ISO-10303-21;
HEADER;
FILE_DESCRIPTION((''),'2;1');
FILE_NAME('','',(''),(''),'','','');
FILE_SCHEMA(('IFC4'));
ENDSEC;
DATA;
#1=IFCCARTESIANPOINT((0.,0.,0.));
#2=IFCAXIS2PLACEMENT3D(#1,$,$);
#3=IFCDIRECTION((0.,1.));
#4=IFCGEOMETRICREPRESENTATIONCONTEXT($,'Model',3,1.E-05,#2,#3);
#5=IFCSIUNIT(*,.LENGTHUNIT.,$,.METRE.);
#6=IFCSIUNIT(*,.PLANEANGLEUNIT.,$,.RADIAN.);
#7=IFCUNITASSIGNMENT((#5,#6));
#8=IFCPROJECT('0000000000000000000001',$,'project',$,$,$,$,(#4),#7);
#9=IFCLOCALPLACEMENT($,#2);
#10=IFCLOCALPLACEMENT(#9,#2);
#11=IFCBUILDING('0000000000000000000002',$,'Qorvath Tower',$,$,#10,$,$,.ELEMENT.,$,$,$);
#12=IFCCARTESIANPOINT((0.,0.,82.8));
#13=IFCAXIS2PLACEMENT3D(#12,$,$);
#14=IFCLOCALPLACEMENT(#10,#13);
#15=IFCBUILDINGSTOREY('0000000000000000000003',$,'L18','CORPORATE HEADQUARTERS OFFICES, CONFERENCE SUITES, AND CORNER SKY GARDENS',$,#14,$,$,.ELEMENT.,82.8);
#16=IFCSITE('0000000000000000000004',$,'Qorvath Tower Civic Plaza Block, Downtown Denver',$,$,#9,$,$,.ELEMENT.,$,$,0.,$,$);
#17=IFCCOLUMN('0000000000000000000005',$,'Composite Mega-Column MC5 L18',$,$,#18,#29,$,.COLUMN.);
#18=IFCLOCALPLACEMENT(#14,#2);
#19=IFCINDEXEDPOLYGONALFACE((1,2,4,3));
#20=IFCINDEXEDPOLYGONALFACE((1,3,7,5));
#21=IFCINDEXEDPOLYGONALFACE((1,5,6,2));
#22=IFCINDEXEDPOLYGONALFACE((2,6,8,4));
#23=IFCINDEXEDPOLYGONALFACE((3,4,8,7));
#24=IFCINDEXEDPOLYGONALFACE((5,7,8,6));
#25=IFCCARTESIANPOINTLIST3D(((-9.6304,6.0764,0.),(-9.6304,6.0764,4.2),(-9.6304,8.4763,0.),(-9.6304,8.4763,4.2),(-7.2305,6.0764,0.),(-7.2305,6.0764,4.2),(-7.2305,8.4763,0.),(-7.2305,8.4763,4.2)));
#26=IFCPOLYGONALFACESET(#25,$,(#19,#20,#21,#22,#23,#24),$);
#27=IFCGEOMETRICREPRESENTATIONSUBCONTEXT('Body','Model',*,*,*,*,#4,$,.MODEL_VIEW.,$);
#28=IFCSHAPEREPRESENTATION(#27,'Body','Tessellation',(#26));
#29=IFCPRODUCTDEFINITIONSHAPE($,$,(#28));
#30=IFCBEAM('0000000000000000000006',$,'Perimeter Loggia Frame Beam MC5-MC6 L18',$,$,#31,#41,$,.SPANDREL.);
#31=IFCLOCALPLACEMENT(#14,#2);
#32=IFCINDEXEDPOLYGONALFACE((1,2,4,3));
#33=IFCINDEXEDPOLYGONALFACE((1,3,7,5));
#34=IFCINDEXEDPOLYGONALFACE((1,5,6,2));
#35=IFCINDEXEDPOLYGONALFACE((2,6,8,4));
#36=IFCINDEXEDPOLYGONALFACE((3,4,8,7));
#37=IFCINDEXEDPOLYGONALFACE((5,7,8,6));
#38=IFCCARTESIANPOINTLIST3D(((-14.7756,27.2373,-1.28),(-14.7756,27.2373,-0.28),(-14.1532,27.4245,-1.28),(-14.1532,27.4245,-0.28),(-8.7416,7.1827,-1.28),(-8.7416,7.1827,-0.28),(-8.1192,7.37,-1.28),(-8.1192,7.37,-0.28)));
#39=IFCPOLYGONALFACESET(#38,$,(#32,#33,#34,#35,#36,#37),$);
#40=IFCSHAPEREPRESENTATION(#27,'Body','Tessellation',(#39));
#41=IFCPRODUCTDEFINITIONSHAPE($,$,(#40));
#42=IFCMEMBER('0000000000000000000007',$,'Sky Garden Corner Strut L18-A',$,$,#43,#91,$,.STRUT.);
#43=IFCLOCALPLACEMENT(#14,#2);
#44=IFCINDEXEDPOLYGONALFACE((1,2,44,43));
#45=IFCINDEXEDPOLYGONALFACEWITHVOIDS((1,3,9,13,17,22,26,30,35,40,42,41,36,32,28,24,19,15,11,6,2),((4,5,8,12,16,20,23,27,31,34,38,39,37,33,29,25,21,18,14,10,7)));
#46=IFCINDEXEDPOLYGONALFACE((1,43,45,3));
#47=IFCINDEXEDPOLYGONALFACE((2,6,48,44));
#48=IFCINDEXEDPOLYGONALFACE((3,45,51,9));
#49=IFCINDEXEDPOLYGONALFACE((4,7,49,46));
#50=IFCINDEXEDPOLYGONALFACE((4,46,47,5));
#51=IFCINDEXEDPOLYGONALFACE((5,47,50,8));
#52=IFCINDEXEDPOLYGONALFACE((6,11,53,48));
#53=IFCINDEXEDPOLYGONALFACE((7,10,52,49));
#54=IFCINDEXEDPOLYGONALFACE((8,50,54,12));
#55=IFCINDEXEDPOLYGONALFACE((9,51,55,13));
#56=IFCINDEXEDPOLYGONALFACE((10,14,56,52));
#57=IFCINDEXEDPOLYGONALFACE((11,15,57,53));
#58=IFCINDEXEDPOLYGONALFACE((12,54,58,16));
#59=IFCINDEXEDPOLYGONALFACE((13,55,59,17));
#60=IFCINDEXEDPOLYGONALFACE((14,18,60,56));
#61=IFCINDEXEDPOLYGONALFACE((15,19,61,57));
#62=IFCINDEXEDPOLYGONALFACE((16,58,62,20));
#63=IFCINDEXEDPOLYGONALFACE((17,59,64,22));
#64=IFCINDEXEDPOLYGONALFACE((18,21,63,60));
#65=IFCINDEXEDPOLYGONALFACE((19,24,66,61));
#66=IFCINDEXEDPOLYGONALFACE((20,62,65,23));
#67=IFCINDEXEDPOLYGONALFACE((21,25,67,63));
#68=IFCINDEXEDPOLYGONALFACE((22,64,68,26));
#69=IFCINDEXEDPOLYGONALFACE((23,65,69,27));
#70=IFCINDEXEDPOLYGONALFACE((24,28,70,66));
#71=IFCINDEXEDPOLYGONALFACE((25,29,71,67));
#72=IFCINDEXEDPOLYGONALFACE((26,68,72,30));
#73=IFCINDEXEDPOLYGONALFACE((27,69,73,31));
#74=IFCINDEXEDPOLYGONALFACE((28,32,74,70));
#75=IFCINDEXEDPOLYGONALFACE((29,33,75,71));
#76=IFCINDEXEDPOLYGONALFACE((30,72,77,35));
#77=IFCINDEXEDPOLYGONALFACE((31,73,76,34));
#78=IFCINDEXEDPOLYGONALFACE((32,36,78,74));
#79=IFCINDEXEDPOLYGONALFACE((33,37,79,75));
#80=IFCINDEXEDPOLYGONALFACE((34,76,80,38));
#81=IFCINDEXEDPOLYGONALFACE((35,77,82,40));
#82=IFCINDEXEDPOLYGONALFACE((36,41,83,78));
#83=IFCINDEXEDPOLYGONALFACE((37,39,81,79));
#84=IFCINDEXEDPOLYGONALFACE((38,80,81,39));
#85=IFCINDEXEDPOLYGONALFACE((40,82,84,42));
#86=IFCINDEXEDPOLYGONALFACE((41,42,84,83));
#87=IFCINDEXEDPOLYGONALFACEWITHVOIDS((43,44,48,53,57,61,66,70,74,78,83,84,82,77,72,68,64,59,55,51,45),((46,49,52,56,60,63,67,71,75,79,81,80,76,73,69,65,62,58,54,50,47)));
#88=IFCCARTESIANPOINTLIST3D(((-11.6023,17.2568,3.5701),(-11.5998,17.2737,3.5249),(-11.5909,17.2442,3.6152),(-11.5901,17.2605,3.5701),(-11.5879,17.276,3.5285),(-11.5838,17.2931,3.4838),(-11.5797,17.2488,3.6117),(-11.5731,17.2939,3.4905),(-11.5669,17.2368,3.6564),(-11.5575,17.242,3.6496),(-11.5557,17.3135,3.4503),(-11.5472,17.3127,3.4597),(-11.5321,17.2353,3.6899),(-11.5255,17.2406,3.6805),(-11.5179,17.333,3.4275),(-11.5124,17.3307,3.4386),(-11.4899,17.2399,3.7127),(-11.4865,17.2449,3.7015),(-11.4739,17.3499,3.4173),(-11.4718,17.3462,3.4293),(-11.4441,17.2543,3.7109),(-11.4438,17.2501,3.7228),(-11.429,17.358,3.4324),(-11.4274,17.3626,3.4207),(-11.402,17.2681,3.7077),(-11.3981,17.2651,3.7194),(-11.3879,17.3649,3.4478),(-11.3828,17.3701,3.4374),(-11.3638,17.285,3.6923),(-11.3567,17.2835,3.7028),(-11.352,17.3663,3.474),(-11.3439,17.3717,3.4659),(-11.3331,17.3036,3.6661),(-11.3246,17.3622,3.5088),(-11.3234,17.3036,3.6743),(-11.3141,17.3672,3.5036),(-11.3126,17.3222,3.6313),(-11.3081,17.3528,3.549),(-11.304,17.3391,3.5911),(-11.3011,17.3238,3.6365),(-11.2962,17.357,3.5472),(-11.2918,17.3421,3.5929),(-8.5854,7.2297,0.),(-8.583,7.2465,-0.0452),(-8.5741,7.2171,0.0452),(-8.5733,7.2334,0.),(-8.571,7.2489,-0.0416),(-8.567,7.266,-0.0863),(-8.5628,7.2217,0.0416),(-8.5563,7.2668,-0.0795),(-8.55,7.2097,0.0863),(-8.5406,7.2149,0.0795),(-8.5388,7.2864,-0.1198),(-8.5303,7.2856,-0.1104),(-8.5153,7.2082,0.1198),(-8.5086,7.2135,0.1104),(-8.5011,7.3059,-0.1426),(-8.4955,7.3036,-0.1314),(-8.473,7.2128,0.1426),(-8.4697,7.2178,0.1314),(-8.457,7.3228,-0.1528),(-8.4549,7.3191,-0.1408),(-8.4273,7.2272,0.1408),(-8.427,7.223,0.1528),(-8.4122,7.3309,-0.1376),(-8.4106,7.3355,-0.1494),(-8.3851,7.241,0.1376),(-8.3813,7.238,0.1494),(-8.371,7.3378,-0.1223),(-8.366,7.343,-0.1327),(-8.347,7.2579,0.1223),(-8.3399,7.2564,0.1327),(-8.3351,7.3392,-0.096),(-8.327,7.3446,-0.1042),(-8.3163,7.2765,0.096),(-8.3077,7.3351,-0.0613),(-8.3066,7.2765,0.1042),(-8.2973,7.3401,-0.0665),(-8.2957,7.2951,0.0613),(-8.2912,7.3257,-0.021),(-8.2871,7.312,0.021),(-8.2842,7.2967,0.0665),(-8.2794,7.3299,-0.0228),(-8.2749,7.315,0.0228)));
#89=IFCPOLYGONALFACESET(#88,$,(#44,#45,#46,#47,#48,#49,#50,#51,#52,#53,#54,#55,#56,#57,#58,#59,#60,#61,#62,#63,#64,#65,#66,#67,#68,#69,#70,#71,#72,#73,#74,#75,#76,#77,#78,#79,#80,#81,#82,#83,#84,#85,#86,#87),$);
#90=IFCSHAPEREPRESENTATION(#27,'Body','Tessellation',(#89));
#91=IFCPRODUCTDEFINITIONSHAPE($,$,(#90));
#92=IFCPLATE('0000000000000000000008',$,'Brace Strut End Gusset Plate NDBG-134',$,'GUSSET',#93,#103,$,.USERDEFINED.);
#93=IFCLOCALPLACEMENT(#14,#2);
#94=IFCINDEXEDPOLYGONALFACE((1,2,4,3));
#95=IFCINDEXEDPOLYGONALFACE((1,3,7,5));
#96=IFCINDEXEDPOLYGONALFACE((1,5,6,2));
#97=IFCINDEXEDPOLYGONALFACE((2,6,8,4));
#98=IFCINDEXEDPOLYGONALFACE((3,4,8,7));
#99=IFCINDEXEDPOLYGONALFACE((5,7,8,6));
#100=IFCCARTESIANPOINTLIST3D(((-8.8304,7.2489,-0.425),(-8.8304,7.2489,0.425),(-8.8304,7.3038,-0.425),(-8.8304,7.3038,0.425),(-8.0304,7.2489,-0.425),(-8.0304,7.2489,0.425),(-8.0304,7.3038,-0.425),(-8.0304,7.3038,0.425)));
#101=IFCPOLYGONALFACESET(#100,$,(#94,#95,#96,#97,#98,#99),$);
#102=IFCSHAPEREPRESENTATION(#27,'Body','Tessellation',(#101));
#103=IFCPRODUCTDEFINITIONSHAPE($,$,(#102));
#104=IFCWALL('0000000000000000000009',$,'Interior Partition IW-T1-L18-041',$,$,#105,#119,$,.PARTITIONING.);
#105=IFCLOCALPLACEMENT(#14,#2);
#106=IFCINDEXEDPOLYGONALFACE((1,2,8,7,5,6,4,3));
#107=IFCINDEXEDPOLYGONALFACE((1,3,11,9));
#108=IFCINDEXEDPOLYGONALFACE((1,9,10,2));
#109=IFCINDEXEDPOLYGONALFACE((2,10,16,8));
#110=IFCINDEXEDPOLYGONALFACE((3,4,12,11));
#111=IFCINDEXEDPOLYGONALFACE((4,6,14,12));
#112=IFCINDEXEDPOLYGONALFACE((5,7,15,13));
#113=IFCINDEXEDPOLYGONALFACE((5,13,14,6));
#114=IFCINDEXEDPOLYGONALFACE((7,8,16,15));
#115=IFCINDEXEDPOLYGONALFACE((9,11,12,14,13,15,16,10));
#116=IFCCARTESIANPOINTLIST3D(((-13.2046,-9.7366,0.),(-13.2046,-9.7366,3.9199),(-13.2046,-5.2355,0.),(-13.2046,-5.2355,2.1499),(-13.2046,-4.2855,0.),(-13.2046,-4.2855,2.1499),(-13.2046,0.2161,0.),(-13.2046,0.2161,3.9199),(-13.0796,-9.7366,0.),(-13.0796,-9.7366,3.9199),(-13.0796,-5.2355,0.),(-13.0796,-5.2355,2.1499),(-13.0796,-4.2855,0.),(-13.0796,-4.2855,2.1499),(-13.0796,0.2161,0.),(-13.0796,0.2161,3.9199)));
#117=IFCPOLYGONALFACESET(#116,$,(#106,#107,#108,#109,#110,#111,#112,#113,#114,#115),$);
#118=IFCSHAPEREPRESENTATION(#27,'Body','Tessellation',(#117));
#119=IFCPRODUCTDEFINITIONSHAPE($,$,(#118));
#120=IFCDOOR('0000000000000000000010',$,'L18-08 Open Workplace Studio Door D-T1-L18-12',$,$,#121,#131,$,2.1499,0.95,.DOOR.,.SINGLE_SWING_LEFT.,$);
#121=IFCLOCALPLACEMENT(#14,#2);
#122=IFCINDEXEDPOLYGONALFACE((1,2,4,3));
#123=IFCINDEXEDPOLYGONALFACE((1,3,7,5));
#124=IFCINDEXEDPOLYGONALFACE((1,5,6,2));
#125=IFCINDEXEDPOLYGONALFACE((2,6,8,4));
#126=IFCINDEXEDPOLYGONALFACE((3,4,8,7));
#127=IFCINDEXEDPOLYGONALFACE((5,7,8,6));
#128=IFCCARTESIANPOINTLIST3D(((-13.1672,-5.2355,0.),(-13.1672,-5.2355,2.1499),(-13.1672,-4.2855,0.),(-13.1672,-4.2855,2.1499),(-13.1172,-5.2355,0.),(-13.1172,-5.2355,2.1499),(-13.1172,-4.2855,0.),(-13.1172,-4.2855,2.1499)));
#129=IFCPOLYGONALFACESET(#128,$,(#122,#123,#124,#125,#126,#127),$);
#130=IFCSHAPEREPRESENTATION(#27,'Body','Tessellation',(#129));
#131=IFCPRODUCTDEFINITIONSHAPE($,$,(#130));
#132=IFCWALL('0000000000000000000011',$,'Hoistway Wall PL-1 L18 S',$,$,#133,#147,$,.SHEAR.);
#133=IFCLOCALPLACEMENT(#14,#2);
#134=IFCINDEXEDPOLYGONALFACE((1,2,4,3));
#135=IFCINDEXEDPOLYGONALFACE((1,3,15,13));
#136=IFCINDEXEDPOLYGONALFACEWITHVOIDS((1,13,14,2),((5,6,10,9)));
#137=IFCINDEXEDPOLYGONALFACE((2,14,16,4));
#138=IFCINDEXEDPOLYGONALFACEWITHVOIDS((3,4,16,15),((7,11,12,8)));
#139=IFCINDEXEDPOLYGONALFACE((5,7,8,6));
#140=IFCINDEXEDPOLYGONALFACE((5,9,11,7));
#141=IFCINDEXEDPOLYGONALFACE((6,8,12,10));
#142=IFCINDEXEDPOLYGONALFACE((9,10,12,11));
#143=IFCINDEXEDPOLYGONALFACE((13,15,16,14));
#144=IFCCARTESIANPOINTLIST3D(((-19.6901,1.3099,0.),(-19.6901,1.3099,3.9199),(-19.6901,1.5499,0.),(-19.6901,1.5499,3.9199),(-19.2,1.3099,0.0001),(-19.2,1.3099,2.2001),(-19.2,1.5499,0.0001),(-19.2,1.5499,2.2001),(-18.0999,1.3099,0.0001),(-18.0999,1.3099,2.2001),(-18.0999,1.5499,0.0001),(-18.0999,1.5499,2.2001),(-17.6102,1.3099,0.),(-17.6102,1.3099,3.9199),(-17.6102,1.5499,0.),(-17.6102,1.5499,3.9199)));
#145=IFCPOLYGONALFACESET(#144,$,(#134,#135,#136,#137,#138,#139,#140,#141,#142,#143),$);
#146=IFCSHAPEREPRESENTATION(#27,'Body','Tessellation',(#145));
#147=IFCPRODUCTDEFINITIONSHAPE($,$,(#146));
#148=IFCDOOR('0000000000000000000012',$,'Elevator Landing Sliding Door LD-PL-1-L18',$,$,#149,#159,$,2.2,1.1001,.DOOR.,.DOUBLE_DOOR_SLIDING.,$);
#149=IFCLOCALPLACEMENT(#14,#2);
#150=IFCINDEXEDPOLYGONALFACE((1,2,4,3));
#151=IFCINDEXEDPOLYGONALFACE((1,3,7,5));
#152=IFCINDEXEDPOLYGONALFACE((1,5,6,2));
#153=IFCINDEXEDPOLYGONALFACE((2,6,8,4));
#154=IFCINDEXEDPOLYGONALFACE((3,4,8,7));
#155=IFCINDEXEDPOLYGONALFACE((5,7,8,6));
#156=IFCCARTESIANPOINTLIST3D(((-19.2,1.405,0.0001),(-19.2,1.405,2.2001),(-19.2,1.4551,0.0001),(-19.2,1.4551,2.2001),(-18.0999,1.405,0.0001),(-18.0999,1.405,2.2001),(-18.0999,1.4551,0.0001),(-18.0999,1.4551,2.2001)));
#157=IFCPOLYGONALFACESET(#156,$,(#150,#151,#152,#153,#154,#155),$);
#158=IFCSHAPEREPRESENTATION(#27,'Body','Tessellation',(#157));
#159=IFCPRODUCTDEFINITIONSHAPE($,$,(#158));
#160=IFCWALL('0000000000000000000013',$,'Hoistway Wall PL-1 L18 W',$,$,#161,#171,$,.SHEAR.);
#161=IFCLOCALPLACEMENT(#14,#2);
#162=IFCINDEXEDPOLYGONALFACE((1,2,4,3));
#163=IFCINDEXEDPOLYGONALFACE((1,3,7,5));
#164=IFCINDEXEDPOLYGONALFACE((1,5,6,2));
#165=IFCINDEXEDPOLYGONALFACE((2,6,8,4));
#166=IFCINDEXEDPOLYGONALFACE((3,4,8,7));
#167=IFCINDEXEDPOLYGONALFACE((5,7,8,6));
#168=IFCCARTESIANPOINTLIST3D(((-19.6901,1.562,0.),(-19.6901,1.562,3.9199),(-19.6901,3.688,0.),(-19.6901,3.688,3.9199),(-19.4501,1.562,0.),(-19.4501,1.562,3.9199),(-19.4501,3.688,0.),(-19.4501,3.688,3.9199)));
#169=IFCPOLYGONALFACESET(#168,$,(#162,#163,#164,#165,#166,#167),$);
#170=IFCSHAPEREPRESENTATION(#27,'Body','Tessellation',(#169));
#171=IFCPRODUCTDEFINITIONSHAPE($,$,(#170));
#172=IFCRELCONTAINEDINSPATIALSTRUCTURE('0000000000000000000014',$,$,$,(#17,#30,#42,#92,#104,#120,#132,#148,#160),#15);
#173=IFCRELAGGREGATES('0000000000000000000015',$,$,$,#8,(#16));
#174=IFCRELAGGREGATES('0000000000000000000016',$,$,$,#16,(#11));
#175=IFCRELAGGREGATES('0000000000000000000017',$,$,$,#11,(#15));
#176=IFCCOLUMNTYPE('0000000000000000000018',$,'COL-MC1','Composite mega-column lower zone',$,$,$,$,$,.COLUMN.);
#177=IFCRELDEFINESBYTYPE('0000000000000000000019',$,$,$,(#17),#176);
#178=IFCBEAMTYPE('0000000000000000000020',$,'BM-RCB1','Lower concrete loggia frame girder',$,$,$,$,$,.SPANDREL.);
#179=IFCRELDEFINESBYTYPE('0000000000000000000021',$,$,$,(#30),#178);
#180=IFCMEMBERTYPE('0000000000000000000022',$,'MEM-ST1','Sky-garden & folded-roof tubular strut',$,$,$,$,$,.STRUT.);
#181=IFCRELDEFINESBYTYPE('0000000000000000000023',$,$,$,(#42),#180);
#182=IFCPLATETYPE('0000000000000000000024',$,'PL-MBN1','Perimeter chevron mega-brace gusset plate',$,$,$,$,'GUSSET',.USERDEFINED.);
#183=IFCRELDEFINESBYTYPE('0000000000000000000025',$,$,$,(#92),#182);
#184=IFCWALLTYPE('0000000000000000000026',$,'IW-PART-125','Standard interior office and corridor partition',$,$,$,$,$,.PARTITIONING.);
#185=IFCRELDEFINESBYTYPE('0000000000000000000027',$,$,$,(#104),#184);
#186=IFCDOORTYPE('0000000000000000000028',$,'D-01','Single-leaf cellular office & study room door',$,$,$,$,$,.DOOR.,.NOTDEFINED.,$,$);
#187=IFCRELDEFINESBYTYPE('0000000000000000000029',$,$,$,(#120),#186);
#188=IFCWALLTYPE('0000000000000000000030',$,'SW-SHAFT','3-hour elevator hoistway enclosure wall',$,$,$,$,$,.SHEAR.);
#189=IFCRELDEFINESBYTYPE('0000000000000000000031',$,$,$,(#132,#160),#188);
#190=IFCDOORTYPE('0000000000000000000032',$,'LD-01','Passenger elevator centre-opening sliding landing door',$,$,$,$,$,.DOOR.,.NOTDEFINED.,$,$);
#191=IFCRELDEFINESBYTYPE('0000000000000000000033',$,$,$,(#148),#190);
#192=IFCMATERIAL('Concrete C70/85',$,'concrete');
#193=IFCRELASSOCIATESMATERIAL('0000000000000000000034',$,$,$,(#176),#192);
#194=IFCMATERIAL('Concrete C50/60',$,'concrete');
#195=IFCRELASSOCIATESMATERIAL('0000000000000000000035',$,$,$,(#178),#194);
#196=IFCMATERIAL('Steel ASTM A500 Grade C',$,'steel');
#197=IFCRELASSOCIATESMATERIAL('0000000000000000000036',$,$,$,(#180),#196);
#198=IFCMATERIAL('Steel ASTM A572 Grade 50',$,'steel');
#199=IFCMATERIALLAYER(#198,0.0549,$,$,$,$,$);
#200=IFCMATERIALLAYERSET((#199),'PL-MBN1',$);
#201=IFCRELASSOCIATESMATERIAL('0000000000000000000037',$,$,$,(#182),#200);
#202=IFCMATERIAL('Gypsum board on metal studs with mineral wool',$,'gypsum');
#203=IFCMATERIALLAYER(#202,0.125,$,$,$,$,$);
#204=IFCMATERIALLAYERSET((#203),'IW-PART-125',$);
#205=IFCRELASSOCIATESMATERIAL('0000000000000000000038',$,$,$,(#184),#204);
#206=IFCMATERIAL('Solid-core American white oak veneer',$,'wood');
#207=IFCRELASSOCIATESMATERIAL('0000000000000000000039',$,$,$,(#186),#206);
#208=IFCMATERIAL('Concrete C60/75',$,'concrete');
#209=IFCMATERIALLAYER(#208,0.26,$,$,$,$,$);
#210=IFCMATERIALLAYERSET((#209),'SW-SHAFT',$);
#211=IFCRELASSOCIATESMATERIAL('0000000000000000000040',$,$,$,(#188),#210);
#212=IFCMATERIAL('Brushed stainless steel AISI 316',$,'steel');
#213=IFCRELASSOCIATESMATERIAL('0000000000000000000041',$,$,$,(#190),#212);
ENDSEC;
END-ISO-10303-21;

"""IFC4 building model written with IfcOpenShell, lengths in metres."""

from ifc_helpers import new_model, si_unit, direction, frame, frame_2d, origin, origin_2d, place, context, subcontext, project, spatial, rectangle, hollow_circle, extrude, material, layer, layer_set, material_profile, profile_set, type_object, element, fill, save


model = new_model("IFC4")

# Units and contexts
model_context = context("Model", 3, precision=1e-05, world=origin(), true_north=direction((0.0, 1.0)))
body_context = subcontext(model_context, "Body", "Model", "MODEL_VIEW")
ifc_project = project(units=[si_unit("LENGTHUNIT", "METRE"), si_unit("PLANEANGLEUNIT", "RADIAN")], contexts=[model_context])

# Site, building, storey
site_placement = place(None, origin())
site = spatial("IfcSite", under=ifc_project, at=site_placement, Name="Qorvath Tower Civic Plaza Block, Downtown Denver", CompositionType="ELEMENT", RefElevation=0.0)
building_placement = place(site_placement, origin())
building = spatial("IfcBuilding", under=site, at=building_placement, Name="Qorvath Tower", CompositionType="ELEMENT")
storey_placement = place(building_placement, frame((0.0, 0.0, 82.8)))
storey = spatial("IfcBuildingStorey", under=building, at=storey_placement, Name="L18", Description="CORPORATE HEADQUARTERS OFFICES, CONFERENCE SUITES, AND CORNER SKY GARDENS", CompositionType="ELEMENT", Elevation=82.8)

# Column
ifc_material_1 = material(Name="Concrete C70/85", Category="concrete")
ifc_material_profile_1 = material_profile(ifc_material_1, rectangle(XDim=2.3999, YDim=2.3999, at=origin_2d()), Name="MC 2400x2400")
ifc_profile_set_1 = profile_set([ifc_material_profile_1], Name="Concrete C70/85")
column_type = type_object("IfcColumnType", Name="COL-MC1", Description="Composite mega-column lower zone", PredefinedType="COLUMN", material=ifc_profile_set_1)
column_placement = place(storey_placement, frame((-8.4304, 7.2764, 0.0), z_axis=(0.0, 0.0, 1.0), x_axis=(1.0, 0.0, 0.0)))
element("IfcColumn", 1, at=column_placement, inside=storey, type_object=column_type, Name="Composite Mega-Column MC5 L18", PredefinedType="COLUMN", context=body_context, shape_type="SweptSolid", body=[
    extrude(rectangle(XDim=2.3999, YDim=2.3999, at=origin_2d()), origin(), (0.0, 0.0, 1.0), 4.2),
])

# Beam
ifc_material_2 = material(Name="Concrete C50/60", Category="concrete")
ifc_material_profile_2 = material_profile(ifc_material_2, rectangle(XDim=0.6499, YDim=1.0, at=origin_2d()), Name="RCB 1000x650")
ifc_profile_set_2 = profile_set([ifc_material_profile_2], Name="Concrete C50/60")
beam_type = type_object("IfcBeamType", Name="BM-RCB1", Description="Lower concrete loggia frame girder", PredefinedType="SPANDREL", material=ifc_profile_set_2)
beam_placement = place(storey_placement, frame((-8.4304, 7.2764, -0.78), z_axis=(-0.288119, 0.957595, 0.0), x_axis=(-0.957595, -0.288119, 0.0)))
element("IfcBeam", 2, at=beam_placement, inside=storey, type_object=beam_type, Name="Perimeter Loggia Frame Beam MC5-MC6 L18", PredefinedType="SPANDREL", context=body_context, shape_type="SweptSolid", body=[
    extrude(rectangle(XDim=0.6499, YDim=1.0, at=origin_2d()), origin(), (0.0, 0.0, 1.0), 20.9426),
])

# Member
ifc_material_3 = material(Name="Steel ASTM A500 Grade C", Category="steel")
ifc_material_profile_3 = material_profile(ifc_material_3, hollow_circle(Radius=0.1619, WallThickness=0.0127, at=origin_2d()), Name="CHS 324x12.7")
ifc_profile_set_3 = profile_set([ifc_material_profile_3], Name="Steel ASTM A500 Grade C")
member_type = type_object("IfcMemberType", Name="MEM-ST1", Description="Sky-garden & folded-roof tubular strut", PredefinedType="STRUT", material=ifc_profile_set_3)
member_placement = place(storey_placement, frame((-8.4304, 7.2764, 0.0), z_axis=(-0.272697, 0.906365, 0.322704), x_axis=(-0.957597, -0.288111, 0.0)))
element("IfcMember", 3, at=member_placement, inside=storey, type_object=member_type, Name="Sky Garden Corner Strut L18-A", PredefinedType="STRUT", context=body_context, shape_type="SweptSolid", body=[
    extrude(hollow_circle(Radius=0.1619, WallThickness=0.0127, at=origin_2d()), origin(), (0.0, 0.0, 1.0), 11.063),
])

# Plate
ifc_material_4 = material(Name="Steel ASTM A572 Grade 50", Category="steel")
ifc_layer_1 = layer(ifc_material_4, 0.0549)
ifc_layer_set_1 = layer_set([ifc_layer_1], Name="PL-MBN1")
plate_type = type_object("IfcPlateType", Name="PL-MBN1", Description="Perimeter chevron mega-brace gusset plate", ElementType="GUSSET", PredefinedType="USERDEFINED", material=ifc_layer_set_1)
plate_placement = place(storey_placement, frame((-8.4304, 7.2764, -0.425), z_axis=(0.0, 0.0, 1.0), x_axis=(1.0, 0.0, 0.0)))
element("IfcPlate", 4, at=plate_placement, inside=storey, type_object=plate_type, Name="Brace Strut End Gusset Plate NDBG-134", ObjectType="GUSSET", PredefinedType="USERDEFINED", context=body_context, shape_type="SweptSolid", body=[
    extrude(rectangle(XDim=0.8, YDim=0.0549, at=origin_2d()), origin(), (0.0, 0.0, 1.0), 0.8501),
])

# Walls, openings, doors
ifc_material_5 = material(Name="Gypsum board on metal studs with mineral wool", Category="gypsum")
ifc_layer_2 = layer(ifc_material_5, 0.125)
ifc_layer_set_2 = layer_set([ifc_layer_2], Name="IW-PART-125")
wall_type_1 = type_object("IfcWallType", Name="IW-PART-125", Description="Standard interior office and corridor partition", PredefinedType="PARTITIONING", material=ifc_layer_set_2)
wall_1_placement = place(storey_placement, frame((-13.1421, 0.2161, 0.0), z_axis=(0.0, 0.0, 1.0), x_axis=(0.0, -1.0, 0.0)))
wall_1 = element("IfcWall", 5, at=wall_1_placement, inside=storey, type_object=wall_type_1, Name="Interior Partition IW-T1-L18-041", PredefinedType="PARTITIONING", context=body_context, shape_type="SweptSolid", body=[
    extrude(rectangle(XDim=9.9526, YDim=0.125, at=frame_2d((4.9763, 0.0))), origin(), (0.0, 0.0, 1.0), 3.9199),
])
opening_1_placement = place(wall_1_placement, frame((4.5015, 0.0, 0.0)))
opening_1 = element("IfcOpeningElement", 6, at=opening_1_placement, cuts=wall_1, PredefinedType="OPENING", context=body_context, shape_type="SweptSolid", body=[
    extrude(rectangle(XDim=0.95, YDim=2.1499, at=frame_2d((0.4751, 1.075))), frame((0.0, 0.0725, 0.0), z_axis=(0.0, -1.0, 0.0), x_axis=(1.0, 0.0, 0.0)), (0.0, 0.0, 1.0), 0.145),
])
ifc_material_6 = material(Name="Solid-core American white oak veneer", Category="wood")
door_type_1 = type_object("IfcDoorType", Name="D-01", Description="Single-leaf cellular office & study room door", OperationType="NOTDEFINED", PredefinedType="DOOR", material=ifc_material_6)
door_1_placement = place(opening_1_placement, origin())
door_1 = element("IfcDoor", 7, at=door_1_placement, inside=storey, type_object=door_type_1, Name="L18-08 Open Workplace Studio Door D-T1-L18-12", OperationType="SINGLE_SWING_LEFT", OverallHeight=2.1499, OverallWidth=0.95, PredefinedType="DOOR", context=body_context, shape_type="SweptSolid", body=[
    extrude(rectangle(XDim=0.95, YDim=2.1499, at=frame_2d((0.4751, 1.075))), frame((0.0, 0.0249, 0.0), z_axis=(0.0, -1.0, 0.0), x_axis=(1.0, 0.0, 0.0)), (0.0, 0.0, 1.0), 0.05),
])
fill(opening_1, door_1)
ifc_material_7 = material(Name="Concrete C60/75", Category="concrete")
ifc_layer_3 = layer(ifc_material_7, 0.26)
ifc_layer_set_3 = layer_set([ifc_layer_3], Name="SW-SHAFT")
wall_type_2 = type_object("IfcWallType", Name="SW-SHAFT", Description="3-hour elevator hoistway enclosure wall", PredefinedType="SHEAR", material=ifc_layer_set_3)
wall_2_placement = place(storey_placement, frame((-17.6101, 1.4299, 0.0), z_axis=(0.0, 0.0, 1.0), x_axis=(-1.0, 0.0, 0.0)))
wall_2 = element("IfcWall", 8, at=wall_2_placement, inside=storey, type_object=wall_type_2, Name="Hoistway Wall PL-1 L18 S", PredefinedType="SHEAR", context=body_context, shape_type="SweptSolid", body=[
    extrude(rectangle(XDim=2.0798, YDim=0.24, at=frame_2d((1.04, 0.0))), origin(), (0.0, 0.0, 1.0), 3.9199),
])
opening_2_placement = place(wall_2_placement, frame((0.4897, 0.0, 0.0)))
opening_2 = element("IfcOpeningElement", 9, at=opening_2_placement, cuts=wall_2, PredefinedType="OPENING", context=body_context, shape_type="SweptSolid", body=[
    extrude(rectangle(XDim=1.1001, YDim=2.2, at=frame_2d((0.55, 1.1001))), frame((0.0, 0.1299, 0.0), z_axis=(0.0, -1.0, 0.0), x_axis=(1.0, 0.0, 0.0)), (0.0, 0.0, 1.0), 0.26),
])
ifc_material_8 = material(Name="Brushed stainless steel AISI 316", Category="steel")
door_type_2 = type_object("IfcDoorType", Name="LD-01", Description="Passenger elevator centre-opening sliding landing door", OperationType="NOTDEFINED", PredefinedType="DOOR", material=ifc_material_8)
door_2_placement = place(opening_2_placement, origin())
door_2 = element("IfcDoor", 10, at=door_2_placement, inside=storey, type_object=door_type_2, Name="Elevator Landing Sliding Door LD-PL-1-L18", OperationType="DOUBLE_DOOR_SLIDING", OverallHeight=2.2, OverallWidth=1.1001, PredefinedType="DOOR", context=body_context, shape_type="SweptSolid", body=[
    extrude(rectangle(XDim=1.1001, YDim=2.2, at=frame_2d((0.55, 1.1001))), frame((0.0, 0.0249, 0.0), z_axis=(0.0, -1.0, 0.0), x_axis=(1.0, 0.0, 0.0)), (0.0, 0.0, 1.0), 0.05),
])
fill(opening_2, door_2)

# Wall
for number, where, z_axis, x_axis, name in (
    (11, (-19.5701, 1.562, 0.0), (0.0, 0.0, 1.0), (0.0, 1.0, 0.0), "Hoistway Wall PL-1 L18 W"),
):
    element("IfcWall", number, at=place(storey_placement, frame(where, z_axis=z_axis, x_axis=x_axis)), inside=storey, type_object=wall_type_2, Name=name, PredefinedType="SHEAR", context=body_context, shape_type="SweptSolid", body=[
        extrude(rectangle(XDim=2.126, YDim=0.24, at=frame_2d((1.063, 0.0))), origin(), (0.0, 0.0, 1.0), 3.9199),
    ])

save(model, "model.ifc")
